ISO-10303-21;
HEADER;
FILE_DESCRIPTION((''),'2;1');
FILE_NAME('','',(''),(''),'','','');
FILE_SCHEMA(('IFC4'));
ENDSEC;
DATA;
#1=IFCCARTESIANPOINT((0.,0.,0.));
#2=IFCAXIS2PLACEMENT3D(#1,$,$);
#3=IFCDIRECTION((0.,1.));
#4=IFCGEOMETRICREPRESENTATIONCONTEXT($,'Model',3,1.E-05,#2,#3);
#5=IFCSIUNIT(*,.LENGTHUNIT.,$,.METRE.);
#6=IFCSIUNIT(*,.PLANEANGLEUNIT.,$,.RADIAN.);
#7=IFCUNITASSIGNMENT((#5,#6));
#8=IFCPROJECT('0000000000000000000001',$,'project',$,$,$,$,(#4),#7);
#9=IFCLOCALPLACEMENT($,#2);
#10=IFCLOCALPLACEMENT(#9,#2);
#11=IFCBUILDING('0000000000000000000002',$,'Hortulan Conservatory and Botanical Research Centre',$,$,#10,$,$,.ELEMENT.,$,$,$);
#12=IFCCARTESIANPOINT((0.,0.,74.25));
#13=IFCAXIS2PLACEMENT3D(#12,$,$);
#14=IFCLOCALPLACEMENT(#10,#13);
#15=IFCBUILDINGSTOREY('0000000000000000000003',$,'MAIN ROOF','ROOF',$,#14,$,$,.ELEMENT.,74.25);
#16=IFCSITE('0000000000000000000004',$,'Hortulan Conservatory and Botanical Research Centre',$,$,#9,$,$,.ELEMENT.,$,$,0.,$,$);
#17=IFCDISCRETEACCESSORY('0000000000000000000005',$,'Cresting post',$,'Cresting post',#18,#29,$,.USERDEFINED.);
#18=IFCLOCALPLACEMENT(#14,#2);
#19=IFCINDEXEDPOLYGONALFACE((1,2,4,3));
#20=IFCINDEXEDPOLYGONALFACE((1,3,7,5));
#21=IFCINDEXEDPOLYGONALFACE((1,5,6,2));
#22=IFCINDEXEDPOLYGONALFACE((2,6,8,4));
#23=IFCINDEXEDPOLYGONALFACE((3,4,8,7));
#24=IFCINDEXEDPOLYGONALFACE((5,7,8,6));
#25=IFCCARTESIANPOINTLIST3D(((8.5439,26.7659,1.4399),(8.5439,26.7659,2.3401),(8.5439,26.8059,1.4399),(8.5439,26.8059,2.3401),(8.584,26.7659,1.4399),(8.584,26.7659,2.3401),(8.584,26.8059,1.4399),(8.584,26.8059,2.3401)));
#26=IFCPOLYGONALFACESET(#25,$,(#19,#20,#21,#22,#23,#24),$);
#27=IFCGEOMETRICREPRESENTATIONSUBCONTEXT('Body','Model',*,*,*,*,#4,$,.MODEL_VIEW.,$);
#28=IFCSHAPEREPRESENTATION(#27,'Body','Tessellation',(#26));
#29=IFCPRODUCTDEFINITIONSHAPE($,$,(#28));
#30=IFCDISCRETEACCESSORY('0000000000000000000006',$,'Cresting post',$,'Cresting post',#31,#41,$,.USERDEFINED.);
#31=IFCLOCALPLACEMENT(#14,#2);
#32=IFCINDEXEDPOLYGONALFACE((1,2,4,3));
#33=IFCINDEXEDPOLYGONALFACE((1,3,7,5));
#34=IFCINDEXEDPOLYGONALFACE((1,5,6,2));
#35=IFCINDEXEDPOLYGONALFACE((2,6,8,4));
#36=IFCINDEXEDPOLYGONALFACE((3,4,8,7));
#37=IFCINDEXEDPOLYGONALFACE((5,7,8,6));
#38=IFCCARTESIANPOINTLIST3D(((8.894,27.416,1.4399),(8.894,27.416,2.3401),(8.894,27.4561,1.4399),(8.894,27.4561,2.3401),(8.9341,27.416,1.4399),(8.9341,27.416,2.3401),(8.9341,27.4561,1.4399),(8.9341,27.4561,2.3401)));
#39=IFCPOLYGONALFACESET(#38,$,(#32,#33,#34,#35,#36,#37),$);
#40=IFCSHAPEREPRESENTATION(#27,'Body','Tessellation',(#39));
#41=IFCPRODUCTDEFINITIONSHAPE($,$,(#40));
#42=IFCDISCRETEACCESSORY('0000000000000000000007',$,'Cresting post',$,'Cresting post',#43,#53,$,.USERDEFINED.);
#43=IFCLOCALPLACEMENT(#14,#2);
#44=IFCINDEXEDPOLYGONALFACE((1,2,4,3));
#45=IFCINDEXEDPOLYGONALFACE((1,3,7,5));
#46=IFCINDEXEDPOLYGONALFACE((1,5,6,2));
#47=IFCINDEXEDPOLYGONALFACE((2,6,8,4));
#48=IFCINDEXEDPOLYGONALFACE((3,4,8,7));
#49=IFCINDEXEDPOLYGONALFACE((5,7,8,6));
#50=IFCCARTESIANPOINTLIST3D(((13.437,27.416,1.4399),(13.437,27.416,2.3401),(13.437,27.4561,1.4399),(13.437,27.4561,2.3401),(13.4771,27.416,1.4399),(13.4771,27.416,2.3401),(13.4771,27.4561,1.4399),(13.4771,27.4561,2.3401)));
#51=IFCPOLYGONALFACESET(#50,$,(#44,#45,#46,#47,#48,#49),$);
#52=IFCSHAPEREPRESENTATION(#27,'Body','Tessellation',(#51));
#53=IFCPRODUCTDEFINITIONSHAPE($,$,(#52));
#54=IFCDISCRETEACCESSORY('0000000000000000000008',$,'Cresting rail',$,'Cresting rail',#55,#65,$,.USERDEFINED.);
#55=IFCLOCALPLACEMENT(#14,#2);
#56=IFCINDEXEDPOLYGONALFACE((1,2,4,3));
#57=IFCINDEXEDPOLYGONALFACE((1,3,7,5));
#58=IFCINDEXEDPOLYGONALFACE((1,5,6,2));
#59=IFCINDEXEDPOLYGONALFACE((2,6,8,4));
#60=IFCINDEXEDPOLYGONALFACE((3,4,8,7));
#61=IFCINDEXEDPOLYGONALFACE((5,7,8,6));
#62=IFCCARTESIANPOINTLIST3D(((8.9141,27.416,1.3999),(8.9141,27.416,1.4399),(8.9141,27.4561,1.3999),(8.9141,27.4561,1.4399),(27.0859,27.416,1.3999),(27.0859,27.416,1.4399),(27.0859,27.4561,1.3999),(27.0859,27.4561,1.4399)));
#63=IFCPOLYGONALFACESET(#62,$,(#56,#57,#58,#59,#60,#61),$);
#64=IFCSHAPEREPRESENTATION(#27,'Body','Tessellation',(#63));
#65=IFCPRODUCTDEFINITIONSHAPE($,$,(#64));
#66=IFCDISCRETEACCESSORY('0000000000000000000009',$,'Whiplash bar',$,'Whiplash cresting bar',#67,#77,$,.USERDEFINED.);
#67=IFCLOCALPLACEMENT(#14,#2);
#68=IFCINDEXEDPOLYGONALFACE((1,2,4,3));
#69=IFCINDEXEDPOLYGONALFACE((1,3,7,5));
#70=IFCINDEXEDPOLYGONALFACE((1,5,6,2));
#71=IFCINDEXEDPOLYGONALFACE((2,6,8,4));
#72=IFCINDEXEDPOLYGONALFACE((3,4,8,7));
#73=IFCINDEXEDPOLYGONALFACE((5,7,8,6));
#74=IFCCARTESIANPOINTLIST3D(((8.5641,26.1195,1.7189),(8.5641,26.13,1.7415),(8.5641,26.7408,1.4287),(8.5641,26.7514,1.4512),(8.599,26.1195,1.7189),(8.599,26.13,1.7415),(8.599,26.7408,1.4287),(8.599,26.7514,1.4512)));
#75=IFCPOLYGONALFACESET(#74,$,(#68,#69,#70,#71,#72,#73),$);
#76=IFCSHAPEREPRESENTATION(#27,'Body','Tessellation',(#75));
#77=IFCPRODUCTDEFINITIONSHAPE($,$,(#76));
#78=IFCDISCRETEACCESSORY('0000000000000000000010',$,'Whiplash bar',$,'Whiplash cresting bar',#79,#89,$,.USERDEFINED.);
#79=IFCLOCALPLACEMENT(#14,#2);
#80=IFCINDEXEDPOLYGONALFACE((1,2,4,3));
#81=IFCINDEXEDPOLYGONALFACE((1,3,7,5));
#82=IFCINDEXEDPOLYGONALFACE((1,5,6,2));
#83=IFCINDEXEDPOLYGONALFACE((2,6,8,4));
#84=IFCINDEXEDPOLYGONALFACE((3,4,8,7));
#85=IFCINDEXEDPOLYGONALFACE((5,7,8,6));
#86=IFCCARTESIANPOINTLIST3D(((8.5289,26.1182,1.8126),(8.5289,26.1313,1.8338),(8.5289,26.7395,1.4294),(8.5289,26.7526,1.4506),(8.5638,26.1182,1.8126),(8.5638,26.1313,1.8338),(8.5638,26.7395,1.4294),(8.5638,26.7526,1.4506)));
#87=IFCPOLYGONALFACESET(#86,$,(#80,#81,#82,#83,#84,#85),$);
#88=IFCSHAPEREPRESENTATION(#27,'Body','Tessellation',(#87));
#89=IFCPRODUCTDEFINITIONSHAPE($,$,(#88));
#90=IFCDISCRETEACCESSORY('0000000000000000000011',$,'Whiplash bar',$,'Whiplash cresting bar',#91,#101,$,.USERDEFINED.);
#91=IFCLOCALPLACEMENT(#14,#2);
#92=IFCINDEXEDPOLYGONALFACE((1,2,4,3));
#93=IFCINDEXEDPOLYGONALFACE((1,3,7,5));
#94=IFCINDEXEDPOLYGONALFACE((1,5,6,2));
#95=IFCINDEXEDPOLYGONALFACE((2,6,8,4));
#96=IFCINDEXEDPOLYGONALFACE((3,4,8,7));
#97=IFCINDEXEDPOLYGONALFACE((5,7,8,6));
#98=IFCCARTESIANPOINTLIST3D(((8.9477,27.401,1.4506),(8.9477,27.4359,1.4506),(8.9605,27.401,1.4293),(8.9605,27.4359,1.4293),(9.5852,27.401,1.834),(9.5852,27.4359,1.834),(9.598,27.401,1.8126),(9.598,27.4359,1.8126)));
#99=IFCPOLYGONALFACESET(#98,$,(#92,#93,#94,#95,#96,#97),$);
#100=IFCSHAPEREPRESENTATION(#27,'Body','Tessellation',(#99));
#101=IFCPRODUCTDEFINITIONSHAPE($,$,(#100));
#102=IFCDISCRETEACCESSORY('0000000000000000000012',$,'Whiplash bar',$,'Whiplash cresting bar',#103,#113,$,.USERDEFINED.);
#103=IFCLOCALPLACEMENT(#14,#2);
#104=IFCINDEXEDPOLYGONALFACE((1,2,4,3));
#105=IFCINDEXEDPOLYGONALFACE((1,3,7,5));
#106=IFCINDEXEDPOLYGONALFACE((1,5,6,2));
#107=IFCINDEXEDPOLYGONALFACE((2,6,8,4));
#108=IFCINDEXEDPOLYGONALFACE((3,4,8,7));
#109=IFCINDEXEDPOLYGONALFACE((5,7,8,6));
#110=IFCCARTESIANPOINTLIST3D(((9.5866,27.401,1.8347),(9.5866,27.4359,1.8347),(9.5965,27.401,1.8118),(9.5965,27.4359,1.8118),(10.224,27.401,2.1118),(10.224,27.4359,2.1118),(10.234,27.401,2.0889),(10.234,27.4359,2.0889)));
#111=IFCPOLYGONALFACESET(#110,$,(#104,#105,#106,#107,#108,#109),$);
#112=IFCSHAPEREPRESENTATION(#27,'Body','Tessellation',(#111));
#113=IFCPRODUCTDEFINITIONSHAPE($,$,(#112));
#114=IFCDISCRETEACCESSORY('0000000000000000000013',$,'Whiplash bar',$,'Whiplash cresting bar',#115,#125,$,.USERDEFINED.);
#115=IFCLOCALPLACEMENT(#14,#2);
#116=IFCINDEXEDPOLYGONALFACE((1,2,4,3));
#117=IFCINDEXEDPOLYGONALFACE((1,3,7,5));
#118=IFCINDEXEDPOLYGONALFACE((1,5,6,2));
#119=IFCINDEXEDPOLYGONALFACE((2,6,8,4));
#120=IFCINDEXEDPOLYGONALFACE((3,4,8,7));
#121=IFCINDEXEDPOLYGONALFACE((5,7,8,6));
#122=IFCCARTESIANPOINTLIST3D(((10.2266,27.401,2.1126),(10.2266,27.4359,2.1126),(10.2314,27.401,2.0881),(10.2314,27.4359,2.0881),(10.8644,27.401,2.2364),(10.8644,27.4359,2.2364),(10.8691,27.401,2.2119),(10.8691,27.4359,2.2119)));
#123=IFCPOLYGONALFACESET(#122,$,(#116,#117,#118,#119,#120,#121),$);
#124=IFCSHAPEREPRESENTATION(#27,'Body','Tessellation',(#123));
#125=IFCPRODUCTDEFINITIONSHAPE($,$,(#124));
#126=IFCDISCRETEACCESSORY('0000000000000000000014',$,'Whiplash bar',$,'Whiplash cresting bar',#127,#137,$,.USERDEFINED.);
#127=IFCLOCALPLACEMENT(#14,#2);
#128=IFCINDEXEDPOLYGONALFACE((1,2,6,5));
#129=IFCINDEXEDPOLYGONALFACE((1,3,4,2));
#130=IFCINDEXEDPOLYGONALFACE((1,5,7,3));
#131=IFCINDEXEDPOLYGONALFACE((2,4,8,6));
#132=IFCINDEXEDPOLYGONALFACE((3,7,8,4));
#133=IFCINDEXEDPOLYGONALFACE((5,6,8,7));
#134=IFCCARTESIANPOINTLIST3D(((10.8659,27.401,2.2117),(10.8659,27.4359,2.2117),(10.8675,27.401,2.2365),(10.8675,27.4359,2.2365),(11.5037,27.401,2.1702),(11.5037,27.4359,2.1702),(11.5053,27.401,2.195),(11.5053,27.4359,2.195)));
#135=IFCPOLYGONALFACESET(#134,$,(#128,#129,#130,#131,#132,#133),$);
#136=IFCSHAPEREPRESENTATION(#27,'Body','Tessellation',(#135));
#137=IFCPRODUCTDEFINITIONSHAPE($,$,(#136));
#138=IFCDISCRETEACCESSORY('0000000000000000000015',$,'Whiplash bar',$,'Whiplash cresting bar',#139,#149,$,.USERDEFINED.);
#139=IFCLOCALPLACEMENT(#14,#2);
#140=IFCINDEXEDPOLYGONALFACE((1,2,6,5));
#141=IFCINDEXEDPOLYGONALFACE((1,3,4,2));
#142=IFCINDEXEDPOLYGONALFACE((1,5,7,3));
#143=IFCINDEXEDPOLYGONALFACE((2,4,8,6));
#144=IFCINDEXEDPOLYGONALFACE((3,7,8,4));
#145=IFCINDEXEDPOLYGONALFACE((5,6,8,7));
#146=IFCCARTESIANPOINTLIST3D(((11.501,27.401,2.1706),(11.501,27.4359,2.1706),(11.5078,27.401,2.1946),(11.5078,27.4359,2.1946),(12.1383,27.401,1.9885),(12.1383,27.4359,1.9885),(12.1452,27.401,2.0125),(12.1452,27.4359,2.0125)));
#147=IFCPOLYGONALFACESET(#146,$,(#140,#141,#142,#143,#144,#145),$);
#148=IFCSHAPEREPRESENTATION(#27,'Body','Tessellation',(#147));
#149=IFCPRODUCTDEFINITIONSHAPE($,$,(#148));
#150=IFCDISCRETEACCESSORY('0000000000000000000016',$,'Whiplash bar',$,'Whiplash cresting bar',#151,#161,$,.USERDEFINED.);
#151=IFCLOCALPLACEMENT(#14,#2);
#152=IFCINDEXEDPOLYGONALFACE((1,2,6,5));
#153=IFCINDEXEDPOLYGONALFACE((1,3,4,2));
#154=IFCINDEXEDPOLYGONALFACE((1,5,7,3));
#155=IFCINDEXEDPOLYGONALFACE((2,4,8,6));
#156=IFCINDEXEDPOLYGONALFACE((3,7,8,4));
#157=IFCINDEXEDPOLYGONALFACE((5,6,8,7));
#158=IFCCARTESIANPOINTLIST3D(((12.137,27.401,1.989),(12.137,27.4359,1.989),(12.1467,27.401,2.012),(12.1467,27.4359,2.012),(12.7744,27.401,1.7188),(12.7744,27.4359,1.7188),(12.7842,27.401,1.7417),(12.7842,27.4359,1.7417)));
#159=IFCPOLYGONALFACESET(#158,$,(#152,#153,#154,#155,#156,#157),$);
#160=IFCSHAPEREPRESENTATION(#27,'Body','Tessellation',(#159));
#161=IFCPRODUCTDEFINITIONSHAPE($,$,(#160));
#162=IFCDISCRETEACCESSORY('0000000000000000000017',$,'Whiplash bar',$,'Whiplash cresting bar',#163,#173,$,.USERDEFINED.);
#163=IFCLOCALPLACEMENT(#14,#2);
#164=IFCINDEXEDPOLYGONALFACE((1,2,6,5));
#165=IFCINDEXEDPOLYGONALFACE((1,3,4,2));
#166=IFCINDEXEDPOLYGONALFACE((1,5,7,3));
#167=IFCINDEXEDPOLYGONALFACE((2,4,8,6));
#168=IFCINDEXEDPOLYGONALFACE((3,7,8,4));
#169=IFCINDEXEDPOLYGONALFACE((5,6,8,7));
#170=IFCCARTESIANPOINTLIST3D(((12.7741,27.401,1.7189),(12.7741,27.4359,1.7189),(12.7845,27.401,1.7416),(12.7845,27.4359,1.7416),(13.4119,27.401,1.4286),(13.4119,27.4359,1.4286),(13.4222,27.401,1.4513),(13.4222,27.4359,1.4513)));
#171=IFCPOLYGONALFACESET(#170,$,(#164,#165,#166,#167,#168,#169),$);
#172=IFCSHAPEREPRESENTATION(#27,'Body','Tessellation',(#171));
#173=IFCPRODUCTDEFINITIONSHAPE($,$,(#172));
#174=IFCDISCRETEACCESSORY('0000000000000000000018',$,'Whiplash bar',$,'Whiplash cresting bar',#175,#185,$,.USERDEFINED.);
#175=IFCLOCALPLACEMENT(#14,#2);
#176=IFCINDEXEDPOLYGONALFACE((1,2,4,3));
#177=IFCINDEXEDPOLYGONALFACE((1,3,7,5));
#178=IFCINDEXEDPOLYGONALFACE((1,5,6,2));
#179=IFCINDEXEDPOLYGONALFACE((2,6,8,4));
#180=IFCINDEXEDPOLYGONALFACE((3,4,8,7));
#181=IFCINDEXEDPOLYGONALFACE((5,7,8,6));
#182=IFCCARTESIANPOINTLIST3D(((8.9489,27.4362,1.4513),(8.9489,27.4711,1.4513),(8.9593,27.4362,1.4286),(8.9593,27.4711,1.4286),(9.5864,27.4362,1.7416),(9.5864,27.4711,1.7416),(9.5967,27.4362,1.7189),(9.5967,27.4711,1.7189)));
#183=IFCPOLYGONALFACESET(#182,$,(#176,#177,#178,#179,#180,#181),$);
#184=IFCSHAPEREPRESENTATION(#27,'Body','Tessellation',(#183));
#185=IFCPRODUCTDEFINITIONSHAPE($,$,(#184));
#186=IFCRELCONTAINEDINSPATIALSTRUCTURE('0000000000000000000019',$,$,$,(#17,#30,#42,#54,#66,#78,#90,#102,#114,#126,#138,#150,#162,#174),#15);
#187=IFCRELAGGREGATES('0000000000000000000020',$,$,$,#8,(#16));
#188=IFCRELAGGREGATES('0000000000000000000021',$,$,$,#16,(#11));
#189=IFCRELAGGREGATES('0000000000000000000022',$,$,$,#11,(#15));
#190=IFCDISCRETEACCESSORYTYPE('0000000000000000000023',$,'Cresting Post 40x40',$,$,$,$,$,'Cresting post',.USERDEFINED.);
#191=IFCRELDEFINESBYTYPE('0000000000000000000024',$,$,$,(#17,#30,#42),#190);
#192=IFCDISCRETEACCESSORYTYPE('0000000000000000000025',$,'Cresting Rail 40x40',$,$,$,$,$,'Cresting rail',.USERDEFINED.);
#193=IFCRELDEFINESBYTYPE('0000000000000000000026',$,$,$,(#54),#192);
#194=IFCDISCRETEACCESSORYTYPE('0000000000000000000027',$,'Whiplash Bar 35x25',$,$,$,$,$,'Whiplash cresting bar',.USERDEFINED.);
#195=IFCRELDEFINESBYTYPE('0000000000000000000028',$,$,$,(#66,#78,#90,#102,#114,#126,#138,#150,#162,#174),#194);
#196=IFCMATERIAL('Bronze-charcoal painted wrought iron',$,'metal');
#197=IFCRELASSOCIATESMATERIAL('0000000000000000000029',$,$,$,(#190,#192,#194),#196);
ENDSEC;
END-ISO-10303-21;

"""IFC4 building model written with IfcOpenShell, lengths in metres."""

from ifc_helpers import new_model, si_unit, direction, frame, origin, origin_2d, place, context, subcontext, project, spatial, rectangle, extrude, material, material_profile, profile_set, type_object, element, save


model = new_model("IFC4")

# Units and contexts
model_context = context("Model", 3, precision=1e-05, world=origin(), true_north=direction((0.0, 1.0)))
body_context = subcontext(model_context, "Body", "Model", "MODEL_VIEW")
ifc_project = project(units=[si_unit("LENGTHUNIT", "METRE"), si_unit("PLANEANGLEUNIT", "RADIAN")], contexts=[model_context])

# Site, building, storey
site_placement = place(None, origin())
site = spatial("IfcSite", under=ifc_project, at=site_placement, Name="Hortulan Conservatory and Botanical Research Centre", CompositionType="ELEMENT", RefElevation=0.0)
building_placement = place(site_placement, origin())
building = spatial("IfcBuilding", under=site, at=building_placement, Name="Hortulan Conservatory and Botanical Research Centre", CompositionType="ELEMENT")
storey_placement = place(building_placement, frame((0.0, 0.0, 74.25)))
storey = spatial("IfcBuildingStorey", under=building, at=storey_placement, Name="MAIN ROOF", Description="ROOF", CompositionType="ELEMENT", Elevation=74.25)

# Discrete accessories
ifc_material = material(Name="Bronze-charcoal painted wrought iron", Category="metal")
ifc_material_profile_1 = material_profile(ifc_material, rectangle(XDim=0.04, YDim=0.04, at=origin_2d()), Name="Square bar 40x40")
ifc_profile_set_1 = profile_set([ifc_material_profile_1], Name="Bronze-charcoal painted wrought iron")
discrete_accessory_type_1 = type_object("IfcDiscreteAccessoryType", Name="Cresting Post 40x40", ElementType="Cresting post", PredefinedType="USERDEFINED", material=ifc_profile_set_1)
for number, where, z_axis, x_axis, name in (
    (1, (8.564, 26.7859, 1.4399), (0.0, 0.0, 1.0), (1.0, 0.0, 0.0), "Cresting post"),
    (2, (8.9141, 27.436, 1.4399), (0.0, 0.0, 1.0), (1.0, 0.0, 0.0), "Cresting post"),
    (3, (13.457, 27.436, 1.4399), (0.0, 0.0, 1.0), (1.0, 0.0, 0.0), "Cresting post"),
):
    element("IfcDiscreteAccessory", number, at=place(storey_placement, frame(where, z_axis=z_axis, x_axis=x_axis)), inside=storey, type_object=discrete_accessory_type_1, Name=name, ObjectType="Cresting post", PredefinedType="USERDEFINED", context=body_context, shape_type="SweptSolid", body=[
        extrude(rectangle(XDim=0.04, YDim=0.04, at=origin_2d()), origin(), (0.0, 0.0, 1.0), 0.9001),
    ])
ifc_material_profile_2 = material_profile(ifc_material, rectangle(XDim=0.04, YDim=0.04, at=origin_2d()), Name="Square bar 40x40")
ifc_profile_set_2 = profile_set([ifc_material_profile_2], Name="Bronze-charcoal painted wrought iron")
discrete_accessory_type_2 = type_object("IfcDiscreteAccessoryType", Name="Cresting Rail 40x40", ElementType="Cresting rail", PredefinedType="USERDEFINED", material=ifc_profile_set_2)
discrete_accessory_1_placement = place(storey_placement, frame((8.9141, 27.436, 1.4199), z_axis=(1.0, 0.0, 0.0), x_axis=(0.0, 1.0, 0.0)))
element("IfcDiscreteAccessory", 4, at=discrete_accessory_1_placement, inside=storey, type_object=discrete_accessory_type_2, Name="Cresting rail", ObjectType="Cresting rail", PredefinedType="USERDEFINED", context=body_context, shape_type="SweptSolid", body=[
    extrude(rectangle(XDim=0.04, YDim=0.04, at=origin_2d()), origin(), (0.0, 0.0, 1.0), 18.1719),
])
ifc_material_profile_3 = material_profile(ifc_material, rectangle(XDim=0.0349, YDim=0.0249, at=origin_2d()), Name="Flat bar 35x25")
ifc_profile_set_3 = profile_set([ifc_material_profile_3], Name="Bronze-charcoal painted wrought iron")
discrete_accessory_type_3 = type_object("IfcDiscreteAccessoryType", Name="Whiplash Bar 35x25", ElementType="Whiplash cresting bar", PredefinedType="USERDEFINED", material=ifc_profile_set_3)
discrete_accessory_2_placement = place(storey_placement, frame((8.5815, 26.1248, 1.7302), z_axis=(0.0, 0.906001, -0.423275), x_axis=(-1.0, 0.0, 0.0)))
element("IfcDiscreteAccessory", 5, at=discrete_accessory_2_placement, inside=storey, type_object=discrete_accessory_type_3, Name="Whiplash bar", ObjectType="Whiplash cresting bar", PredefinedType="USERDEFINED", context=body_context, shape_type="SweptSolid", body=[
    extrude(rectangle(XDim=0.0349, YDim=0.0249, at=origin_2d()), origin(), (0.0, 0.0, 1.0), 0.6858),
])
discrete_accessory_3_placement = place(storey_placement, frame((8.5464, 26.1248, 1.8232), z_axis=(0.0, 0.851084, -0.52503), x_axis=(-1.0, 0.0, 0.0)))
element("IfcDiscreteAccessory", 6, at=discrete_accessory_3_placement, inside=storey, type_object=discrete_accessory_type_3, Name="Whiplash bar", ObjectType="Whiplash cresting bar", PredefinedType="USERDEFINED", context=body_context, shape_type="SweptSolid", body=[
    extrude(rectangle(XDim=0.0349, YDim=0.0249, at=origin_2d()), origin(), (0.0, 0.0, 1.0), 0.73),
])
discrete_accessory_4_placement = place(storey_placement, frame((8.9541, 27.4185, 1.4399), z_axis=(0.857, 0.0, 0.515316), x_axis=(0.0, 1.0, 0.0)))
element("IfcDiscreteAccessory", 7, at=discrete_accessory_4_placement, inside=storey, type_object=discrete_accessory_type_3, Name="Whiplash bar", ObjectType="Whiplash cresting bar", PredefinedType="USERDEFINED", context=body_context, shape_type="SweptSolid", body=[
    extrude(rectangle(XDim=0.0349, YDim=0.0249, at=origin_2d()), origin(), (0.0, 0.0, 1.0), 0.7439),
])
discrete_accessory_5_placement = place(storey_placement, frame((9.5916, 27.4185, 1.8232), z_axis=(0.917098, 0.0, 0.398662), x_axis=(0.0, 1.0, 0.0)))
element("IfcDiscreteAccessory", 8, at=discrete_accessory_5_placement, inside=storey, type_object=discrete_accessory_type_3, Name="Whiplash bar", ObjectType="Whiplash cresting bar", PredefinedType="USERDEFINED", context=body_context, shape_type="SweptSolid", body=[
    extrude(rectangle(XDim=0.0349, YDim=0.0249, at=origin_2d()), origin(), (0.0, 0.0, 1.0), 0.6951),
])
discrete_accessory_6_placement = place(storey_placement, frame((10.229, 27.4185, 2.1003), z_axis=(0.981678, 0.0, 0.190548), x_axis=(0.0, 1.0, 0.0)))
element("IfcDiscreteAccessory", 9, at=discrete_accessory_6_placement, inside=storey, type_object=discrete_accessory_type_3, Name="Whiplash bar", ObjectType="Whiplash cresting bar", PredefinedType="USERDEFINED", context=body_context, shape_type="SweptSolid", body=[
    extrude(rectangle(XDim=0.0349, YDim=0.0249, at=origin_2d()), origin(), (0.0, 0.0, 1.0), 0.6497),
])
discrete_accessory_7_placement = place(storey_placement, frame((10.8667, 27.4185, 2.2241), z_axis=(0.997889, 0.0, -0.064947), x_axis=(0.0, 1.0, 0.0)))
element("IfcDiscreteAccessory", 10, at=discrete_accessory_7_placement, inside=storey, type_object=discrete_accessory_type_3, Name="Whiplash bar", ObjectType="Whiplash cresting bar", PredefinedType="USERDEFINED", context=body_context, shape_type="SweptSolid", body=[
    extrude(rectangle(XDim=0.0349, YDim=0.0249, at=origin_2d()), origin(), (0.0, 0.0, 1.0), 0.6392),
])
discrete_accessory_8_placement = place(storey_placement, frame((11.5044, 27.4185, 2.1826), z_axis=(0.961524, 0.0, -0.274721), x_axis=(0.0, 1.0, 0.0)))
element("IfcDiscreteAccessory", 11, at=discrete_accessory_8_placement, inside=storey, type_object=discrete_accessory_type_3, Name="Whiplash bar", ObjectType="Whiplash cresting bar", PredefinedType="USERDEFINED", context=body_context, shape_type="SweptSolid", body=[
    extrude(rectangle(XDim=0.0349, YDim=0.0249, at=origin_2d()), origin(), (0.0, 0.0, 1.0), 0.6628),
])
discrete_accessory_9_placement = place(storey_placement, frame((12.1418, 27.4185, 2.0005), z_axis=(0.92067, 0.0, -0.390342), x_axis=(0.0, 1.0, 0.0)))
element("IfcDiscreteAccessory", 12, at=discrete_accessory_9_placement, inside=storey, type_object=discrete_accessory_type_3, Name="Whiplash bar", ObjectType="Whiplash cresting bar", PredefinedType="USERDEFINED", context=body_context, shape_type="SweptSolid", body=[
    extrude(rectangle(XDim=0.0349, YDim=0.0249, at=origin_2d()), origin(), (0.0, 0.0, 1.0), 0.6924),
])
discrete_accessory_10_placement = place(storey_placement, frame((12.7793, 27.4185, 1.7302), z_axis=(0.91014, 0.0, -0.414302), x_axis=(0.0, 1.0, 0.0)))
element("IfcDiscreteAccessory", 13, at=discrete_accessory_10_placement, inside=storey, type_object=discrete_accessory_type_3, Name="Whiplash bar", ObjectType="Whiplash cresting bar", PredefinedType="USERDEFINED", context=body_context, shape_type="SweptSolid", body=[
    extrude(rectangle(XDim=0.0349, YDim=0.0249, at=origin_2d()), origin(), (0.0, 0.0, 1.0), 0.7007),
])
discrete_accessory_11_placement = place(storey_placement, frame((8.9541, 27.4536, 1.4399), z_axis=(0.91008, 0.0, 0.414433), x_axis=(0.0, 1.0, 0.0)))
element("IfcDiscreteAccessory", 14, at=discrete_accessory_11_placement, inside=storey, type_object=discrete_accessory_type_3, Name="Whiplash bar", ObjectType="Whiplash cresting bar", PredefinedType="USERDEFINED", context=body_context, shape_type="SweptSolid", body=[
    extrude(rectangle(XDim=0.0349, YDim=0.0249, at=origin_2d()), origin(), (0.0, 0.0, 1.0), 0.7004),
])

save(model, "model.ifc")
